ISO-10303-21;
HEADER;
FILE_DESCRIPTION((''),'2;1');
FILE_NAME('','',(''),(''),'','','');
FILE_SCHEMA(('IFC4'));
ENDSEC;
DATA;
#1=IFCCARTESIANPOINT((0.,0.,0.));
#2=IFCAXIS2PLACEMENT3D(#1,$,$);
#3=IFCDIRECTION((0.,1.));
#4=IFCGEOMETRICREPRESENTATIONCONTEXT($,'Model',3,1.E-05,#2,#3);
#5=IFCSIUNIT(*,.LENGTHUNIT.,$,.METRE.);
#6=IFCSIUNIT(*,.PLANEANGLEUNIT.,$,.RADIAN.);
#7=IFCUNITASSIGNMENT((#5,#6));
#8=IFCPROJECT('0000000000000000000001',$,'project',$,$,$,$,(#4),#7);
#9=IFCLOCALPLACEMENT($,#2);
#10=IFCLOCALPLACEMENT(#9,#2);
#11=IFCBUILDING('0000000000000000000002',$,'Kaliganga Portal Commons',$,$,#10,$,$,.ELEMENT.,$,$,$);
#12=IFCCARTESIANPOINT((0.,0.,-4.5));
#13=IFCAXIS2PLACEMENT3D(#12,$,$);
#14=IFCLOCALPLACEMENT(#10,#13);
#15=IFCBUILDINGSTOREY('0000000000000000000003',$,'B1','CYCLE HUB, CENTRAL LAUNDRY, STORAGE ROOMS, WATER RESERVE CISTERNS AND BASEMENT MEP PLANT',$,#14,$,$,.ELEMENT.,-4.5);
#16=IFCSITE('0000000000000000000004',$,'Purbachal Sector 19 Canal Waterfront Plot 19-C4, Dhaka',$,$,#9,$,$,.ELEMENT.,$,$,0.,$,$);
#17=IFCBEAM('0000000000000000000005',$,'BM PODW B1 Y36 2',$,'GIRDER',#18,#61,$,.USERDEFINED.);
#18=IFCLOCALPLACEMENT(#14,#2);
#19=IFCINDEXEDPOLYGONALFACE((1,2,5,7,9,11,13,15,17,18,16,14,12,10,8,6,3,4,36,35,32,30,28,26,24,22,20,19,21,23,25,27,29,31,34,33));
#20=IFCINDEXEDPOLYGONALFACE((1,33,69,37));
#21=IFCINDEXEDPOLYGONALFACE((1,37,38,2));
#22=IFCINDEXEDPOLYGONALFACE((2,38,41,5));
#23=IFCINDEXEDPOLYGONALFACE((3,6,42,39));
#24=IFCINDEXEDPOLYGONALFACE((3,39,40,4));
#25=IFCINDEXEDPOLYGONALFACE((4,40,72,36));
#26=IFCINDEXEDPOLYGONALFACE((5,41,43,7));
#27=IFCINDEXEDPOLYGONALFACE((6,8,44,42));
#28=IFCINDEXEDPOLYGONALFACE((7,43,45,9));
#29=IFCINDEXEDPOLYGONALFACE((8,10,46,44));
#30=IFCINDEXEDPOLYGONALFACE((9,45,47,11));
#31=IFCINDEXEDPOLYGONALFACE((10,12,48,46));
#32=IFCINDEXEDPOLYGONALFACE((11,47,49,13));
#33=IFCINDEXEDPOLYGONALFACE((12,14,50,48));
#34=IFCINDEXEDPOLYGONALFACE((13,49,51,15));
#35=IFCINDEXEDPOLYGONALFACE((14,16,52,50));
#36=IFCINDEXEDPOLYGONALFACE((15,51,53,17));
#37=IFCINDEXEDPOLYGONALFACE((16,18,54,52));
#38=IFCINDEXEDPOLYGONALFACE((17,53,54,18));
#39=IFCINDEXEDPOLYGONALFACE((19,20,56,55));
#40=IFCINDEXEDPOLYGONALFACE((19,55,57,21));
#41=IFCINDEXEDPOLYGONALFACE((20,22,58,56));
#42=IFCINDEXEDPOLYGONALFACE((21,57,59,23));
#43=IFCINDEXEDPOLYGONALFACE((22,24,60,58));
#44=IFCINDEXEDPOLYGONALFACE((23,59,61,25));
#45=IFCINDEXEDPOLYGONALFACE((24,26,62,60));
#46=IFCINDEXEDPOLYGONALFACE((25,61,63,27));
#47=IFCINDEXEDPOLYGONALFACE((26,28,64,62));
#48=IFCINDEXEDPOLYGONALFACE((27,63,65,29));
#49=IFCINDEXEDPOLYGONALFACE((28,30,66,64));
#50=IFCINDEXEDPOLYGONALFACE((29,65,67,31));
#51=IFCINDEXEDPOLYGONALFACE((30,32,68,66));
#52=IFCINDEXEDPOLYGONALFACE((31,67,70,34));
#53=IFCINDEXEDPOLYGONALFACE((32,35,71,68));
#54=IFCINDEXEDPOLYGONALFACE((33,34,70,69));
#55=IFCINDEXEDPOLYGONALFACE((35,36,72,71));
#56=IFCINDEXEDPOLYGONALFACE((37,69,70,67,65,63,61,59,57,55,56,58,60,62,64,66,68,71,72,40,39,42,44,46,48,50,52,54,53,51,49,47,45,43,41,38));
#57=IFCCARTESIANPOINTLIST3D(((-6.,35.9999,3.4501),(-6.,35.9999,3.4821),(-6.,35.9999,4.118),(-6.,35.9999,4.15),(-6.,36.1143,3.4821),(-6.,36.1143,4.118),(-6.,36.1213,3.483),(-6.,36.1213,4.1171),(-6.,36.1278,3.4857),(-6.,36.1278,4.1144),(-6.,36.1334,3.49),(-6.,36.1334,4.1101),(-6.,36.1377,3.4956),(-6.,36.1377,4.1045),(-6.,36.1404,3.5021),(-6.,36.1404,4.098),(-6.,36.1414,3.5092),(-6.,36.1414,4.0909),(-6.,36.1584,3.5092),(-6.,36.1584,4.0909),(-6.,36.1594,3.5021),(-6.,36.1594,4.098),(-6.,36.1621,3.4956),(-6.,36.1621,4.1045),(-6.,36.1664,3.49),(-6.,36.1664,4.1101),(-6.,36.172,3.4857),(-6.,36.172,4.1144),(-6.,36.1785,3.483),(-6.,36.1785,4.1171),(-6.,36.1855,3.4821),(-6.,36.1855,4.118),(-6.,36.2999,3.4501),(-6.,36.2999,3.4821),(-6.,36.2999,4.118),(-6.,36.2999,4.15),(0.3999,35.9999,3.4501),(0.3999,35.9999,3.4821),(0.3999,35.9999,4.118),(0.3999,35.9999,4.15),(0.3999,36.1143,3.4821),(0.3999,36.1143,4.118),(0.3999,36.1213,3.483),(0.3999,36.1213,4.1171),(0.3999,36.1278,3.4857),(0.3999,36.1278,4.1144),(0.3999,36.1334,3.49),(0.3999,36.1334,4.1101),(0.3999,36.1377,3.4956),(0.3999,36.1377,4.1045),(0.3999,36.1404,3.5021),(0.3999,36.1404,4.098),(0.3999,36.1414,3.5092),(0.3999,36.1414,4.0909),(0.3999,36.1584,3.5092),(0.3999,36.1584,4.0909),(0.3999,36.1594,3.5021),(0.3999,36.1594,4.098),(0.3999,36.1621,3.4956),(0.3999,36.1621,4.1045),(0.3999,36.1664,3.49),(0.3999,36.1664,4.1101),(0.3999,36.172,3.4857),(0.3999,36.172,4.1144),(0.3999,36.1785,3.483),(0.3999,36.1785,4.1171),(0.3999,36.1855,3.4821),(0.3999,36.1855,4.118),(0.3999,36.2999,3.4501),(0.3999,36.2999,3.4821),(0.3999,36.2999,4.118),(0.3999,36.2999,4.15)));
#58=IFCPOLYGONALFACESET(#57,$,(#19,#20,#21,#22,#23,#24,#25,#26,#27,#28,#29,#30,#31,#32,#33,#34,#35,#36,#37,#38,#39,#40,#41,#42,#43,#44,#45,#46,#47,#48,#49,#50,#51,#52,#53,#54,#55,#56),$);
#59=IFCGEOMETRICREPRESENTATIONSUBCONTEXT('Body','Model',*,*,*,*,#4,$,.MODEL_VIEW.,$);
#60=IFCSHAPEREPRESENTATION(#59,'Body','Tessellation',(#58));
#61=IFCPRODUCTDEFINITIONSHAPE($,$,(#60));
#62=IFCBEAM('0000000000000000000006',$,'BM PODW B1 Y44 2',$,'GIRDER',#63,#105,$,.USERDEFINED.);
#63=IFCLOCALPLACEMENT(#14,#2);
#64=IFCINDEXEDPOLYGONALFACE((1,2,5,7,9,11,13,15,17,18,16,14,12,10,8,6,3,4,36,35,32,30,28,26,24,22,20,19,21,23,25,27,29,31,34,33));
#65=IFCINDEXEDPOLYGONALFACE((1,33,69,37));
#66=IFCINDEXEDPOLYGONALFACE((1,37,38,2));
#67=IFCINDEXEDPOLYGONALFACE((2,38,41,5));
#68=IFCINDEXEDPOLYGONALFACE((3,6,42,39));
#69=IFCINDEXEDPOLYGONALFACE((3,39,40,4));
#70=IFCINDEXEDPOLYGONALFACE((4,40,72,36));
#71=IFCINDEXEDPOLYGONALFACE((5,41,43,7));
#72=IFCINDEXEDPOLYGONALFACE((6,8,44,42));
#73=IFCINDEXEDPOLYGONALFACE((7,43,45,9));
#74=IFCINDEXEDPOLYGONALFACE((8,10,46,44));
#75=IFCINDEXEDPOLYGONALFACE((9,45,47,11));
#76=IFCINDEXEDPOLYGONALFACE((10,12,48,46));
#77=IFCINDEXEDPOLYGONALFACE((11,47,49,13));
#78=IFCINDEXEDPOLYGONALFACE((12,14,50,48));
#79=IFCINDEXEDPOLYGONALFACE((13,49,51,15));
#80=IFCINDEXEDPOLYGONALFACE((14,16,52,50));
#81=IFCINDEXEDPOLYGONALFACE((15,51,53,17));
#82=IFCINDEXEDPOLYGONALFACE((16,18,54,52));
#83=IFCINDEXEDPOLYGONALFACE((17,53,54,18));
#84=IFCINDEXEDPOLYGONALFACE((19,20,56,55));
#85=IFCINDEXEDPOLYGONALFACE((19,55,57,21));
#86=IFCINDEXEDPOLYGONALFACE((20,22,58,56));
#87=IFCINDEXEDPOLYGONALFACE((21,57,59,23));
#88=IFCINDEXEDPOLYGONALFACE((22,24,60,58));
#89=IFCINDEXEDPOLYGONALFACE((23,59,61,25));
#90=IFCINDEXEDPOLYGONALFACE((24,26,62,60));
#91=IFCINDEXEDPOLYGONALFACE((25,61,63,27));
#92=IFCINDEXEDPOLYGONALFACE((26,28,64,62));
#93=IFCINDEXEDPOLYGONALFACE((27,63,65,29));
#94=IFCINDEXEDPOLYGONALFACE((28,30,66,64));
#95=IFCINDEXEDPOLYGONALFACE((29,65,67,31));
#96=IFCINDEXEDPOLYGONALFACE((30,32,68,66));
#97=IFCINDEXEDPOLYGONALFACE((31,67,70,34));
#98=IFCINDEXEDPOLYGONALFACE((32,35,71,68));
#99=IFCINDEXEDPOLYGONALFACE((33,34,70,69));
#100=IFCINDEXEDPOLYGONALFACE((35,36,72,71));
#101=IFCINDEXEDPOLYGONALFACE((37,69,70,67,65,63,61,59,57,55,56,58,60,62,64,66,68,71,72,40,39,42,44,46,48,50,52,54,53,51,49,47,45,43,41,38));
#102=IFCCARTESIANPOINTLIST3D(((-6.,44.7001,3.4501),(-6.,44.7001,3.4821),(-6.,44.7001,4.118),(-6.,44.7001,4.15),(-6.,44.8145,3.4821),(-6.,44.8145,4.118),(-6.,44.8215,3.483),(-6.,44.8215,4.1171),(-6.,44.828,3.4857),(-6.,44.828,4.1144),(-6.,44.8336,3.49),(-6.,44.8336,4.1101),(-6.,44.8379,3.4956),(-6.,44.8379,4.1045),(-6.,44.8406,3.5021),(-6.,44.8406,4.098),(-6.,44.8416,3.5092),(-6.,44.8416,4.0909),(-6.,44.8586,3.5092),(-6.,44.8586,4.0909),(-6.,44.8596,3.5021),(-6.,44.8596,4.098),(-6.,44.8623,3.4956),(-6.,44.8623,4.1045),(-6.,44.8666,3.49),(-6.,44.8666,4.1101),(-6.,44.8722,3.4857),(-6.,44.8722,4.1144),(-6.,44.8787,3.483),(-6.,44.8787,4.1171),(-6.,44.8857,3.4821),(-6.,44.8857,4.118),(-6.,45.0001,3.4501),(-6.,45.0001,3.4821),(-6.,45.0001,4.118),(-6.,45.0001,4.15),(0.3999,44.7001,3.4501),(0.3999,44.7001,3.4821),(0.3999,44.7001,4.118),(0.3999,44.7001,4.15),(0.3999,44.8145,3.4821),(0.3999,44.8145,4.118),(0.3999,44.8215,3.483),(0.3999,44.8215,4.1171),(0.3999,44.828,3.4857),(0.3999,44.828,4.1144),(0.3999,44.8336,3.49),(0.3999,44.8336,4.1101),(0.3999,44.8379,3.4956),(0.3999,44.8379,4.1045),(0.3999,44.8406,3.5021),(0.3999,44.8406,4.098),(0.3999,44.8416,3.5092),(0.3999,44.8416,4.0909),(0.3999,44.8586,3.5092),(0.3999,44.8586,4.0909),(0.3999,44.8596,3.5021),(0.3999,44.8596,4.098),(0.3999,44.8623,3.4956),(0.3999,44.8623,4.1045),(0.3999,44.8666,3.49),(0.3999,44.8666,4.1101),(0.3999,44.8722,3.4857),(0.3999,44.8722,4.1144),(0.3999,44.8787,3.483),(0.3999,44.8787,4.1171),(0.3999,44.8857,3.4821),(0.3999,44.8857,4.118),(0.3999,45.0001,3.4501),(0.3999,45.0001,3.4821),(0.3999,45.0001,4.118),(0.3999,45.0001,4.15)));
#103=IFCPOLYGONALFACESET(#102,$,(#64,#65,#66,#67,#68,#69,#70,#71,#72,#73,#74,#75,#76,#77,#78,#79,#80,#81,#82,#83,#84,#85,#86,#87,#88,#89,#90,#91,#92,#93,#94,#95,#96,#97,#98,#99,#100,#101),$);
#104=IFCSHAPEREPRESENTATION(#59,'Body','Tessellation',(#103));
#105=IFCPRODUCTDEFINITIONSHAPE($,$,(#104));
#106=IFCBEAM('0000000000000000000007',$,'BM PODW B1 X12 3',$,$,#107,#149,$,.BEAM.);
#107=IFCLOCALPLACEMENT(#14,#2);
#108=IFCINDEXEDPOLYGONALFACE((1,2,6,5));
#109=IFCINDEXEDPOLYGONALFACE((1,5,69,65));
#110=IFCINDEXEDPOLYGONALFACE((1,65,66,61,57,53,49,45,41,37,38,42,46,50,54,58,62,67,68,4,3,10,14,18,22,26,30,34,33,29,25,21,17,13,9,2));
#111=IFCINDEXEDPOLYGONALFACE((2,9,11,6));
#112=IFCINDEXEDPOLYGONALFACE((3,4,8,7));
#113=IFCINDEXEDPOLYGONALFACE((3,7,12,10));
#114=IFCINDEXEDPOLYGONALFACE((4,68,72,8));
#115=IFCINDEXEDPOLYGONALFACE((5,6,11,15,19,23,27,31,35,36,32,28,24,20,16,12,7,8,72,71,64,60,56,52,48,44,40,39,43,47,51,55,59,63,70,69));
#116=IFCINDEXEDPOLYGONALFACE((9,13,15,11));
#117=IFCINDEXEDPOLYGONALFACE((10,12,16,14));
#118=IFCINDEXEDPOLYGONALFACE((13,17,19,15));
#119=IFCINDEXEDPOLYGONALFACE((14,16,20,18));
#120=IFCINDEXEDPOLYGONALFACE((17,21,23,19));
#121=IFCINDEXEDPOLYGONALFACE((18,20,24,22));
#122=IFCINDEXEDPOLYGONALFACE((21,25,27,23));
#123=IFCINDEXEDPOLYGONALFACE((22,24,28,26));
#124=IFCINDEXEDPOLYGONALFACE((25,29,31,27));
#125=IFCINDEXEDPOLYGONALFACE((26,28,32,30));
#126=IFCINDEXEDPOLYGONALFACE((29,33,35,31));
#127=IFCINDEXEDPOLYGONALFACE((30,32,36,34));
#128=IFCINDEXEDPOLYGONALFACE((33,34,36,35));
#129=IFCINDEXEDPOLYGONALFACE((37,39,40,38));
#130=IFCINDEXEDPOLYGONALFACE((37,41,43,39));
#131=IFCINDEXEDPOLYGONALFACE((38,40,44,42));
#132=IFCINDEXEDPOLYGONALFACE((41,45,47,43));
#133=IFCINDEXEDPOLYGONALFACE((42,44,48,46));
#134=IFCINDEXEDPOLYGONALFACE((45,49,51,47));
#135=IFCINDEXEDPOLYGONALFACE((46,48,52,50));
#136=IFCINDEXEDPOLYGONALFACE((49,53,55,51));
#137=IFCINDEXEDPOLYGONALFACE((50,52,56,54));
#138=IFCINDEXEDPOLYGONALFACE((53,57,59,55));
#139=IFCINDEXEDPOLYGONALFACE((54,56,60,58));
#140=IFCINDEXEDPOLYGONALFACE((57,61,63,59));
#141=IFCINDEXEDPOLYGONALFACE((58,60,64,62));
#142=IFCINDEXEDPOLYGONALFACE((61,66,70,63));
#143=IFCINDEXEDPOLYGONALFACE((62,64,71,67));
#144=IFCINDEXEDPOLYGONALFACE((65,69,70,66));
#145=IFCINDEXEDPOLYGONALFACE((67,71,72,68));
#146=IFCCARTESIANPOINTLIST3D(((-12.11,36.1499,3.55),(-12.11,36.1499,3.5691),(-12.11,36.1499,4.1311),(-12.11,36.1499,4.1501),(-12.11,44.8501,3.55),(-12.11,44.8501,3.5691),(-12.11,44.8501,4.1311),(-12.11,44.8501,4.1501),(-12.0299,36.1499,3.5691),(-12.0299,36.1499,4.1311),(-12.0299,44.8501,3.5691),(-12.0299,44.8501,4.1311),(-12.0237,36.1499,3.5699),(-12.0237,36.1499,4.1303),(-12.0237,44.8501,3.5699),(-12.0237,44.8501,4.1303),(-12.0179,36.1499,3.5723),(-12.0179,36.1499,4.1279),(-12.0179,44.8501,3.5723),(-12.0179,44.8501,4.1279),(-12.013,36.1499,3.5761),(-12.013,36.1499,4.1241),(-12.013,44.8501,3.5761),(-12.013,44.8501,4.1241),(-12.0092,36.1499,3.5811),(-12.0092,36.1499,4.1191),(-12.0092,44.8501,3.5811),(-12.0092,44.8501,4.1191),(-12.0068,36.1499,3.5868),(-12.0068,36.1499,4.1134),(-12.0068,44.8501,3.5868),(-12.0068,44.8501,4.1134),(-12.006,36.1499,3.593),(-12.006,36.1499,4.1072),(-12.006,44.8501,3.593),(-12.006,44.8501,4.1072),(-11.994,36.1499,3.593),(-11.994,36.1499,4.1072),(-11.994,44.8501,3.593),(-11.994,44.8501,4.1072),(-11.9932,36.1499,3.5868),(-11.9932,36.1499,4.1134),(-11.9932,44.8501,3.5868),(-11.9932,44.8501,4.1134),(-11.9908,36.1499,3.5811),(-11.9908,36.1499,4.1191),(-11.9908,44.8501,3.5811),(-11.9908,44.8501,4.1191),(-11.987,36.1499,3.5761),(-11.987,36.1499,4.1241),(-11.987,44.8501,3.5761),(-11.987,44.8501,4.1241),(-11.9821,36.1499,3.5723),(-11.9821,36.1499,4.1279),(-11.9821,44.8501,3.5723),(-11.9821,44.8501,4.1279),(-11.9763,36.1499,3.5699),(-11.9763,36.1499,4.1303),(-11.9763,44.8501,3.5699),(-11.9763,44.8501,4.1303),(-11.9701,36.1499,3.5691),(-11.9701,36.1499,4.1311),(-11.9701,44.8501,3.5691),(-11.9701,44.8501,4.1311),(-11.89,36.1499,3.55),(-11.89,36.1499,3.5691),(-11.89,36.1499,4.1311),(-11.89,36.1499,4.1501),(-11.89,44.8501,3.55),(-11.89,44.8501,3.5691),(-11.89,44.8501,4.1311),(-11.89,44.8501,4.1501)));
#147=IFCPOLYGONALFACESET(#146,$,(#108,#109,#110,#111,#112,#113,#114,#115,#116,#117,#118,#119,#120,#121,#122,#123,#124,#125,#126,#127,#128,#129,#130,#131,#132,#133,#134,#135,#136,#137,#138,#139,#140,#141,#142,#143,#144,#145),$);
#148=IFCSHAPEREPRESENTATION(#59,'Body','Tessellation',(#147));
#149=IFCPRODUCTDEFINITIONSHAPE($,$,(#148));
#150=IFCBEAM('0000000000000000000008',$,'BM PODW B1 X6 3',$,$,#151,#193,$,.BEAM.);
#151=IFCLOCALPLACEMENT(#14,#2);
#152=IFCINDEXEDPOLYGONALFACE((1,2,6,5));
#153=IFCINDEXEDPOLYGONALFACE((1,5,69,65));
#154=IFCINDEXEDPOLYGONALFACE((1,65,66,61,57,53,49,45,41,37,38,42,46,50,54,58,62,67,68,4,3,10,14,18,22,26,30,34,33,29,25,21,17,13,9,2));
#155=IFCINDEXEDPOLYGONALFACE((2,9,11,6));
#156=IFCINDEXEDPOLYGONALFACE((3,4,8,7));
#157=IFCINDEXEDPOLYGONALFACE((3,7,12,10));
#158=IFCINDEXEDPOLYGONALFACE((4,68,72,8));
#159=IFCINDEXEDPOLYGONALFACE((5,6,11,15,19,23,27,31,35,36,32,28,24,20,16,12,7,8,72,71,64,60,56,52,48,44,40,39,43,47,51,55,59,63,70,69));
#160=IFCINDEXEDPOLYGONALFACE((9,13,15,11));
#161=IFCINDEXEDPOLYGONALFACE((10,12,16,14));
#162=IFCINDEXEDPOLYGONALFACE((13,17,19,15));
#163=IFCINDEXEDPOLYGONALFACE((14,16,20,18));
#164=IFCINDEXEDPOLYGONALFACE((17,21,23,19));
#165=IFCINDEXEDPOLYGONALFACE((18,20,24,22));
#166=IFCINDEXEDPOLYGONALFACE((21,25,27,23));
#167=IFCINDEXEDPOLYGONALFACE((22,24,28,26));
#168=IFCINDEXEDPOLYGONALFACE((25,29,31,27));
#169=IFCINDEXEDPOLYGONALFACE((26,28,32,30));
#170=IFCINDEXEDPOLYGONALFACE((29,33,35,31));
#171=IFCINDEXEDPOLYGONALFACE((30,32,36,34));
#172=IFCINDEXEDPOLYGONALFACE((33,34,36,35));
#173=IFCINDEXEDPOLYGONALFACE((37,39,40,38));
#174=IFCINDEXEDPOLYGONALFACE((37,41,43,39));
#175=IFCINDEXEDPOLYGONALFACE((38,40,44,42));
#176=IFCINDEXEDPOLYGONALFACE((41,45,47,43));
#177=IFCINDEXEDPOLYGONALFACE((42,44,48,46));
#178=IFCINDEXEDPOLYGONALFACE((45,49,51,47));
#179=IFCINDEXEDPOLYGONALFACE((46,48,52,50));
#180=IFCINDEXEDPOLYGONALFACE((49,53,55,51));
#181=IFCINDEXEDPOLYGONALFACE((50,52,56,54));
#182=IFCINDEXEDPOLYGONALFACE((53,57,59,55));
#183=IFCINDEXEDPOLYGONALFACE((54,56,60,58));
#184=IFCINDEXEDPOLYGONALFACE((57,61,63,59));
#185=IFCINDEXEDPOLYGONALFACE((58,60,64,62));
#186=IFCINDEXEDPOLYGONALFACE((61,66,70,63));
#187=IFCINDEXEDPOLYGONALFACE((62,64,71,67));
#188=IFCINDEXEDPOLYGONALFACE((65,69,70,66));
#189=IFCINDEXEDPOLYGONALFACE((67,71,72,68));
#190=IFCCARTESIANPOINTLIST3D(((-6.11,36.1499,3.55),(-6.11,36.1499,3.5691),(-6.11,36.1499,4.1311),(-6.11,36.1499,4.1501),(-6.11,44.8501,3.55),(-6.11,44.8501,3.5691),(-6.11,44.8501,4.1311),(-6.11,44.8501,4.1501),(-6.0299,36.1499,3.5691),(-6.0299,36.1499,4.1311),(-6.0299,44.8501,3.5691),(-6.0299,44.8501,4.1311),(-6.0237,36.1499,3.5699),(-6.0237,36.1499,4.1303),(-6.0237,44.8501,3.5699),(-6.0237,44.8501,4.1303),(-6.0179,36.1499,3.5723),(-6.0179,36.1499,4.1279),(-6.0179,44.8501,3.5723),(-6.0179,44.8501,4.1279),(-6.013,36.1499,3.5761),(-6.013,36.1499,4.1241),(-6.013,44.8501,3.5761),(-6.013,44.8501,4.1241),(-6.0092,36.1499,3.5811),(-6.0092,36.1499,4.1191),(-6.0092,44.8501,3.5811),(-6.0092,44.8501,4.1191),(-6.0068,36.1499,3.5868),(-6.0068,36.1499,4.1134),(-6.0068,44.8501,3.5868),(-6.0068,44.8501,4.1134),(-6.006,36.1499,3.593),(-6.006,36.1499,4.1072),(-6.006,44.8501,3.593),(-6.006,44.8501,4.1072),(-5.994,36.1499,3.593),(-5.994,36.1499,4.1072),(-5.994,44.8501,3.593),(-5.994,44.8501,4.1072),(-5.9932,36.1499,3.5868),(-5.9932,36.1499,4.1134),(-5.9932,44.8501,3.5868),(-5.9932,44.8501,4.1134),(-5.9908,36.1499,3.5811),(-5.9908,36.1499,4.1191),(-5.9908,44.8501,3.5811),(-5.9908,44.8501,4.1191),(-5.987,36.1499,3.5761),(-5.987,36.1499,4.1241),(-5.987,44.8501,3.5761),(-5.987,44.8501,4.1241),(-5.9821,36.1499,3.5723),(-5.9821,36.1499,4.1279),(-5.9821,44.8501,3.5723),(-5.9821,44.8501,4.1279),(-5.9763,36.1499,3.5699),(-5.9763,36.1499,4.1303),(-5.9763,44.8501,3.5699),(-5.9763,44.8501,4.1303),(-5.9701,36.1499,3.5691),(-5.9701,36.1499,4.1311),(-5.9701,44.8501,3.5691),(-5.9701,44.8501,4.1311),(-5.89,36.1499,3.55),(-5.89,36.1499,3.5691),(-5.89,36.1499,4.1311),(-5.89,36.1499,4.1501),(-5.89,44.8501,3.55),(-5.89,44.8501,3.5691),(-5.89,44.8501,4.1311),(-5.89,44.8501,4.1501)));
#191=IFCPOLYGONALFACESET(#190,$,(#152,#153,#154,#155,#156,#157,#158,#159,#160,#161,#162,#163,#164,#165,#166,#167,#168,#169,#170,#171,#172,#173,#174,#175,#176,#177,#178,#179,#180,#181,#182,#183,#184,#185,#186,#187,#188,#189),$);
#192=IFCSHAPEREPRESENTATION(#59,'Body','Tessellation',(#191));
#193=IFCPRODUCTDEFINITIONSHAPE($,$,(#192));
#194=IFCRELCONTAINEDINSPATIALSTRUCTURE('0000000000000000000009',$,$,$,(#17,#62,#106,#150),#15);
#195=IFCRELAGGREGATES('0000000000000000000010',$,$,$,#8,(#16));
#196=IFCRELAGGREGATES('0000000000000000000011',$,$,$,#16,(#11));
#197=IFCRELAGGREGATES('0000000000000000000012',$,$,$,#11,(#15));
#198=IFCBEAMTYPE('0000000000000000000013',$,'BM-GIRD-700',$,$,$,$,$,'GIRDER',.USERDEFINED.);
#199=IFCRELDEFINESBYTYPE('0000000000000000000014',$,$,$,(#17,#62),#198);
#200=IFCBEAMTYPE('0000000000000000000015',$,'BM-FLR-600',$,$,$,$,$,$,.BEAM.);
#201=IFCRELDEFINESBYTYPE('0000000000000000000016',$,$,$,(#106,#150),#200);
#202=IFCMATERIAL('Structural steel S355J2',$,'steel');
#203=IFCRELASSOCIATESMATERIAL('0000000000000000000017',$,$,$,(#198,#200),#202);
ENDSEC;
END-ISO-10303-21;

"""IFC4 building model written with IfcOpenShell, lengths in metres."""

from ifc_helpers import new_model, si_unit, direction, frame, origin, origin_2d, place, context, subcontext, project, spatial, i_section, extrude, source, transform, mapped, material, material_profile, profile_set, type_object, element, save


model = new_model("IFC4")

# Units and contexts
model_context = context("Model", 3, precision=1e-05, world=origin(), true_north=direction((0.0, 1.0)))
body_context = subcontext(model_context, "Body", "Model", "MODEL_VIEW")
ifc_project = project(units=[si_unit("LENGTHUNIT", "METRE"), si_unit("PLANEANGLEUNIT", "RADIAN")], contexts=[model_context])

# Site, building, storey
site_placement = place(None, origin())
site = spatial("IfcSite", under=ifc_project, at=site_placement, Name="Purbachal Sector 19 Canal Waterfront Plot 19-C4, Dhaka", CompositionType="ELEMENT", RefElevation=0.0)
building_placement = place(site_placement, origin())
building = spatial("IfcBuilding", under=site, at=building_placement, Name="Kaliganga Portal Commons", CompositionType="ELEMENT")
storey_placement = place(building_placement, frame((0.0, 0.0, -4.5)))
storey = spatial("IfcBuildingStorey", under=building, at=storey_placement, Name="B1", Description="CYCLE HUB, CENTRAL LAUNDRY, STORAGE ROOMS, WATER RESERVE CISTERNS AND BASEMENT MEP PLANT", CompositionType="ELEMENT", Elevation=-4.5)

# Beams
ifc_material_1 = material(Name="Structural steel S355J2", Category="steel")
ifc_material_profile_1 = material_profile(ifc_material_1, i_section(OverallWidth=0.3, OverallDepth=0.7, WebThickness=0.0171, FlangeThickness=0.032, FilletRadius=0.0271, at=origin_2d()), Name="HE 700 B")
ifc_profile_set_1 = profile_set([ifc_material_profile_1], Name="Structural steel S355J2 wide-flange")
beam_type_1 = type_object("IfcBeamType", Name="BM-GIRD-700", ElementType="GIRDER", PredefinedType="USERDEFINED", material=ifc_profile_set_1)
shared_shape_1 = source(origin(), body_context, "Body", "SweptSolid", [
    extrude(i_section(OverallWidth=0.3, OverallDepth=0.7, WebThickness=0.0171, FlangeThickness=0.032, FilletRadius=0.0271, at=origin_2d()), origin(), (0.0, 0.0, 1.0), 6.3999),
])
for number, where, z_axis, x_axis, name in (
    (1, (-6.0, 36.1499, 3.8), (1.0, 0.0, 0.0), (0.0, 1.0, 0.0), "BM PODW B1 Y36 2"),
    (2, (-6.0, 44.8501, 3.8), (1.0, 0.0, 0.0), (0.0, 1.0, 0.0), "BM PODW B1 Y44 2"),
):
    element("IfcBeam", number, at=place(storey_placement, frame(where, z_axis=z_axis, x_axis=x_axis)), inside=storey, type_object=beam_type_1, Name=name, ObjectType="GIRDER", PredefinedType="USERDEFINED", context=body_context, shape_type="MappedRepresentation", body=[
        mapped(shared_shape_1, transform((0.0, 0.0, 0.0), x_axis=(1.0, 0.0, 0.0), y_axis=(0.0, 1.0, 0.0), z_axis=(0.0, 0.0, 1.0), scale=1.0)),
    ])
ifc_material_profile_2 = material_profile(ifc_material_1, i_section(OverallWidth=0.22, OverallDepth=0.6001, WebThickness=0.012, FlangeThickness=0.019, FilletRadius=0.0239, at=origin_2d()), Name="IPE 600")
ifc_profile_set_2 = profile_set([ifc_material_profile_2], Name="Structural steel S355J2 wide-flange")
beam_type_2 = type_object("IfcBeamType", Name="BM-FLR-600", PredefinedType="BEAM", material=ifc_profile_set_2)
shared_shape_2 = source(origin(), body_context, "Body", "SweptSolid", [
    extrude(i_section(OverallWidth=0.22, OverallDepth=0.6001, WebThickness=0.012, FlangeThickness=0.019, FilletRadius=0.0239, at=origin_2d()), origin(), (0.0, 0.0, 1.0), 8.7002),
])
for number, where, z_axis, x_axis, name in (
    (3, (-12.0, 36.1499, 3.8501), (0.0, 1.0, 0.0), (-1.0, 0.0, 0.0), "BM PODW B1 X12 3"),
    (4, (-6.0, 36.1499, 3.8501), (0.0, 1.0, 0.0), (-1.0, 0.0, 0.0), "BM PODW B1 X6 3"),
):
    element("IfcBeam", number, at=place(storey_placement, frame(where, z_axis=z_axis, x_axis=x_axis)), inside=storey, type_object=beam_type_2, Name=name, PredefinedType="BEAM", context=body_context, shape_type="MappedRepresentation", body=[
        mapped(shared_shape_2, transform((0.0, 0.0, 0.0), x_axis=(1.0, 0.0, 0.0), y_axis=(0.0, 1.0, 0.0), z_axis=(0.0, 0.0, 1.0), scale=1.0)),
    ])

save(model, "model.ifc")
